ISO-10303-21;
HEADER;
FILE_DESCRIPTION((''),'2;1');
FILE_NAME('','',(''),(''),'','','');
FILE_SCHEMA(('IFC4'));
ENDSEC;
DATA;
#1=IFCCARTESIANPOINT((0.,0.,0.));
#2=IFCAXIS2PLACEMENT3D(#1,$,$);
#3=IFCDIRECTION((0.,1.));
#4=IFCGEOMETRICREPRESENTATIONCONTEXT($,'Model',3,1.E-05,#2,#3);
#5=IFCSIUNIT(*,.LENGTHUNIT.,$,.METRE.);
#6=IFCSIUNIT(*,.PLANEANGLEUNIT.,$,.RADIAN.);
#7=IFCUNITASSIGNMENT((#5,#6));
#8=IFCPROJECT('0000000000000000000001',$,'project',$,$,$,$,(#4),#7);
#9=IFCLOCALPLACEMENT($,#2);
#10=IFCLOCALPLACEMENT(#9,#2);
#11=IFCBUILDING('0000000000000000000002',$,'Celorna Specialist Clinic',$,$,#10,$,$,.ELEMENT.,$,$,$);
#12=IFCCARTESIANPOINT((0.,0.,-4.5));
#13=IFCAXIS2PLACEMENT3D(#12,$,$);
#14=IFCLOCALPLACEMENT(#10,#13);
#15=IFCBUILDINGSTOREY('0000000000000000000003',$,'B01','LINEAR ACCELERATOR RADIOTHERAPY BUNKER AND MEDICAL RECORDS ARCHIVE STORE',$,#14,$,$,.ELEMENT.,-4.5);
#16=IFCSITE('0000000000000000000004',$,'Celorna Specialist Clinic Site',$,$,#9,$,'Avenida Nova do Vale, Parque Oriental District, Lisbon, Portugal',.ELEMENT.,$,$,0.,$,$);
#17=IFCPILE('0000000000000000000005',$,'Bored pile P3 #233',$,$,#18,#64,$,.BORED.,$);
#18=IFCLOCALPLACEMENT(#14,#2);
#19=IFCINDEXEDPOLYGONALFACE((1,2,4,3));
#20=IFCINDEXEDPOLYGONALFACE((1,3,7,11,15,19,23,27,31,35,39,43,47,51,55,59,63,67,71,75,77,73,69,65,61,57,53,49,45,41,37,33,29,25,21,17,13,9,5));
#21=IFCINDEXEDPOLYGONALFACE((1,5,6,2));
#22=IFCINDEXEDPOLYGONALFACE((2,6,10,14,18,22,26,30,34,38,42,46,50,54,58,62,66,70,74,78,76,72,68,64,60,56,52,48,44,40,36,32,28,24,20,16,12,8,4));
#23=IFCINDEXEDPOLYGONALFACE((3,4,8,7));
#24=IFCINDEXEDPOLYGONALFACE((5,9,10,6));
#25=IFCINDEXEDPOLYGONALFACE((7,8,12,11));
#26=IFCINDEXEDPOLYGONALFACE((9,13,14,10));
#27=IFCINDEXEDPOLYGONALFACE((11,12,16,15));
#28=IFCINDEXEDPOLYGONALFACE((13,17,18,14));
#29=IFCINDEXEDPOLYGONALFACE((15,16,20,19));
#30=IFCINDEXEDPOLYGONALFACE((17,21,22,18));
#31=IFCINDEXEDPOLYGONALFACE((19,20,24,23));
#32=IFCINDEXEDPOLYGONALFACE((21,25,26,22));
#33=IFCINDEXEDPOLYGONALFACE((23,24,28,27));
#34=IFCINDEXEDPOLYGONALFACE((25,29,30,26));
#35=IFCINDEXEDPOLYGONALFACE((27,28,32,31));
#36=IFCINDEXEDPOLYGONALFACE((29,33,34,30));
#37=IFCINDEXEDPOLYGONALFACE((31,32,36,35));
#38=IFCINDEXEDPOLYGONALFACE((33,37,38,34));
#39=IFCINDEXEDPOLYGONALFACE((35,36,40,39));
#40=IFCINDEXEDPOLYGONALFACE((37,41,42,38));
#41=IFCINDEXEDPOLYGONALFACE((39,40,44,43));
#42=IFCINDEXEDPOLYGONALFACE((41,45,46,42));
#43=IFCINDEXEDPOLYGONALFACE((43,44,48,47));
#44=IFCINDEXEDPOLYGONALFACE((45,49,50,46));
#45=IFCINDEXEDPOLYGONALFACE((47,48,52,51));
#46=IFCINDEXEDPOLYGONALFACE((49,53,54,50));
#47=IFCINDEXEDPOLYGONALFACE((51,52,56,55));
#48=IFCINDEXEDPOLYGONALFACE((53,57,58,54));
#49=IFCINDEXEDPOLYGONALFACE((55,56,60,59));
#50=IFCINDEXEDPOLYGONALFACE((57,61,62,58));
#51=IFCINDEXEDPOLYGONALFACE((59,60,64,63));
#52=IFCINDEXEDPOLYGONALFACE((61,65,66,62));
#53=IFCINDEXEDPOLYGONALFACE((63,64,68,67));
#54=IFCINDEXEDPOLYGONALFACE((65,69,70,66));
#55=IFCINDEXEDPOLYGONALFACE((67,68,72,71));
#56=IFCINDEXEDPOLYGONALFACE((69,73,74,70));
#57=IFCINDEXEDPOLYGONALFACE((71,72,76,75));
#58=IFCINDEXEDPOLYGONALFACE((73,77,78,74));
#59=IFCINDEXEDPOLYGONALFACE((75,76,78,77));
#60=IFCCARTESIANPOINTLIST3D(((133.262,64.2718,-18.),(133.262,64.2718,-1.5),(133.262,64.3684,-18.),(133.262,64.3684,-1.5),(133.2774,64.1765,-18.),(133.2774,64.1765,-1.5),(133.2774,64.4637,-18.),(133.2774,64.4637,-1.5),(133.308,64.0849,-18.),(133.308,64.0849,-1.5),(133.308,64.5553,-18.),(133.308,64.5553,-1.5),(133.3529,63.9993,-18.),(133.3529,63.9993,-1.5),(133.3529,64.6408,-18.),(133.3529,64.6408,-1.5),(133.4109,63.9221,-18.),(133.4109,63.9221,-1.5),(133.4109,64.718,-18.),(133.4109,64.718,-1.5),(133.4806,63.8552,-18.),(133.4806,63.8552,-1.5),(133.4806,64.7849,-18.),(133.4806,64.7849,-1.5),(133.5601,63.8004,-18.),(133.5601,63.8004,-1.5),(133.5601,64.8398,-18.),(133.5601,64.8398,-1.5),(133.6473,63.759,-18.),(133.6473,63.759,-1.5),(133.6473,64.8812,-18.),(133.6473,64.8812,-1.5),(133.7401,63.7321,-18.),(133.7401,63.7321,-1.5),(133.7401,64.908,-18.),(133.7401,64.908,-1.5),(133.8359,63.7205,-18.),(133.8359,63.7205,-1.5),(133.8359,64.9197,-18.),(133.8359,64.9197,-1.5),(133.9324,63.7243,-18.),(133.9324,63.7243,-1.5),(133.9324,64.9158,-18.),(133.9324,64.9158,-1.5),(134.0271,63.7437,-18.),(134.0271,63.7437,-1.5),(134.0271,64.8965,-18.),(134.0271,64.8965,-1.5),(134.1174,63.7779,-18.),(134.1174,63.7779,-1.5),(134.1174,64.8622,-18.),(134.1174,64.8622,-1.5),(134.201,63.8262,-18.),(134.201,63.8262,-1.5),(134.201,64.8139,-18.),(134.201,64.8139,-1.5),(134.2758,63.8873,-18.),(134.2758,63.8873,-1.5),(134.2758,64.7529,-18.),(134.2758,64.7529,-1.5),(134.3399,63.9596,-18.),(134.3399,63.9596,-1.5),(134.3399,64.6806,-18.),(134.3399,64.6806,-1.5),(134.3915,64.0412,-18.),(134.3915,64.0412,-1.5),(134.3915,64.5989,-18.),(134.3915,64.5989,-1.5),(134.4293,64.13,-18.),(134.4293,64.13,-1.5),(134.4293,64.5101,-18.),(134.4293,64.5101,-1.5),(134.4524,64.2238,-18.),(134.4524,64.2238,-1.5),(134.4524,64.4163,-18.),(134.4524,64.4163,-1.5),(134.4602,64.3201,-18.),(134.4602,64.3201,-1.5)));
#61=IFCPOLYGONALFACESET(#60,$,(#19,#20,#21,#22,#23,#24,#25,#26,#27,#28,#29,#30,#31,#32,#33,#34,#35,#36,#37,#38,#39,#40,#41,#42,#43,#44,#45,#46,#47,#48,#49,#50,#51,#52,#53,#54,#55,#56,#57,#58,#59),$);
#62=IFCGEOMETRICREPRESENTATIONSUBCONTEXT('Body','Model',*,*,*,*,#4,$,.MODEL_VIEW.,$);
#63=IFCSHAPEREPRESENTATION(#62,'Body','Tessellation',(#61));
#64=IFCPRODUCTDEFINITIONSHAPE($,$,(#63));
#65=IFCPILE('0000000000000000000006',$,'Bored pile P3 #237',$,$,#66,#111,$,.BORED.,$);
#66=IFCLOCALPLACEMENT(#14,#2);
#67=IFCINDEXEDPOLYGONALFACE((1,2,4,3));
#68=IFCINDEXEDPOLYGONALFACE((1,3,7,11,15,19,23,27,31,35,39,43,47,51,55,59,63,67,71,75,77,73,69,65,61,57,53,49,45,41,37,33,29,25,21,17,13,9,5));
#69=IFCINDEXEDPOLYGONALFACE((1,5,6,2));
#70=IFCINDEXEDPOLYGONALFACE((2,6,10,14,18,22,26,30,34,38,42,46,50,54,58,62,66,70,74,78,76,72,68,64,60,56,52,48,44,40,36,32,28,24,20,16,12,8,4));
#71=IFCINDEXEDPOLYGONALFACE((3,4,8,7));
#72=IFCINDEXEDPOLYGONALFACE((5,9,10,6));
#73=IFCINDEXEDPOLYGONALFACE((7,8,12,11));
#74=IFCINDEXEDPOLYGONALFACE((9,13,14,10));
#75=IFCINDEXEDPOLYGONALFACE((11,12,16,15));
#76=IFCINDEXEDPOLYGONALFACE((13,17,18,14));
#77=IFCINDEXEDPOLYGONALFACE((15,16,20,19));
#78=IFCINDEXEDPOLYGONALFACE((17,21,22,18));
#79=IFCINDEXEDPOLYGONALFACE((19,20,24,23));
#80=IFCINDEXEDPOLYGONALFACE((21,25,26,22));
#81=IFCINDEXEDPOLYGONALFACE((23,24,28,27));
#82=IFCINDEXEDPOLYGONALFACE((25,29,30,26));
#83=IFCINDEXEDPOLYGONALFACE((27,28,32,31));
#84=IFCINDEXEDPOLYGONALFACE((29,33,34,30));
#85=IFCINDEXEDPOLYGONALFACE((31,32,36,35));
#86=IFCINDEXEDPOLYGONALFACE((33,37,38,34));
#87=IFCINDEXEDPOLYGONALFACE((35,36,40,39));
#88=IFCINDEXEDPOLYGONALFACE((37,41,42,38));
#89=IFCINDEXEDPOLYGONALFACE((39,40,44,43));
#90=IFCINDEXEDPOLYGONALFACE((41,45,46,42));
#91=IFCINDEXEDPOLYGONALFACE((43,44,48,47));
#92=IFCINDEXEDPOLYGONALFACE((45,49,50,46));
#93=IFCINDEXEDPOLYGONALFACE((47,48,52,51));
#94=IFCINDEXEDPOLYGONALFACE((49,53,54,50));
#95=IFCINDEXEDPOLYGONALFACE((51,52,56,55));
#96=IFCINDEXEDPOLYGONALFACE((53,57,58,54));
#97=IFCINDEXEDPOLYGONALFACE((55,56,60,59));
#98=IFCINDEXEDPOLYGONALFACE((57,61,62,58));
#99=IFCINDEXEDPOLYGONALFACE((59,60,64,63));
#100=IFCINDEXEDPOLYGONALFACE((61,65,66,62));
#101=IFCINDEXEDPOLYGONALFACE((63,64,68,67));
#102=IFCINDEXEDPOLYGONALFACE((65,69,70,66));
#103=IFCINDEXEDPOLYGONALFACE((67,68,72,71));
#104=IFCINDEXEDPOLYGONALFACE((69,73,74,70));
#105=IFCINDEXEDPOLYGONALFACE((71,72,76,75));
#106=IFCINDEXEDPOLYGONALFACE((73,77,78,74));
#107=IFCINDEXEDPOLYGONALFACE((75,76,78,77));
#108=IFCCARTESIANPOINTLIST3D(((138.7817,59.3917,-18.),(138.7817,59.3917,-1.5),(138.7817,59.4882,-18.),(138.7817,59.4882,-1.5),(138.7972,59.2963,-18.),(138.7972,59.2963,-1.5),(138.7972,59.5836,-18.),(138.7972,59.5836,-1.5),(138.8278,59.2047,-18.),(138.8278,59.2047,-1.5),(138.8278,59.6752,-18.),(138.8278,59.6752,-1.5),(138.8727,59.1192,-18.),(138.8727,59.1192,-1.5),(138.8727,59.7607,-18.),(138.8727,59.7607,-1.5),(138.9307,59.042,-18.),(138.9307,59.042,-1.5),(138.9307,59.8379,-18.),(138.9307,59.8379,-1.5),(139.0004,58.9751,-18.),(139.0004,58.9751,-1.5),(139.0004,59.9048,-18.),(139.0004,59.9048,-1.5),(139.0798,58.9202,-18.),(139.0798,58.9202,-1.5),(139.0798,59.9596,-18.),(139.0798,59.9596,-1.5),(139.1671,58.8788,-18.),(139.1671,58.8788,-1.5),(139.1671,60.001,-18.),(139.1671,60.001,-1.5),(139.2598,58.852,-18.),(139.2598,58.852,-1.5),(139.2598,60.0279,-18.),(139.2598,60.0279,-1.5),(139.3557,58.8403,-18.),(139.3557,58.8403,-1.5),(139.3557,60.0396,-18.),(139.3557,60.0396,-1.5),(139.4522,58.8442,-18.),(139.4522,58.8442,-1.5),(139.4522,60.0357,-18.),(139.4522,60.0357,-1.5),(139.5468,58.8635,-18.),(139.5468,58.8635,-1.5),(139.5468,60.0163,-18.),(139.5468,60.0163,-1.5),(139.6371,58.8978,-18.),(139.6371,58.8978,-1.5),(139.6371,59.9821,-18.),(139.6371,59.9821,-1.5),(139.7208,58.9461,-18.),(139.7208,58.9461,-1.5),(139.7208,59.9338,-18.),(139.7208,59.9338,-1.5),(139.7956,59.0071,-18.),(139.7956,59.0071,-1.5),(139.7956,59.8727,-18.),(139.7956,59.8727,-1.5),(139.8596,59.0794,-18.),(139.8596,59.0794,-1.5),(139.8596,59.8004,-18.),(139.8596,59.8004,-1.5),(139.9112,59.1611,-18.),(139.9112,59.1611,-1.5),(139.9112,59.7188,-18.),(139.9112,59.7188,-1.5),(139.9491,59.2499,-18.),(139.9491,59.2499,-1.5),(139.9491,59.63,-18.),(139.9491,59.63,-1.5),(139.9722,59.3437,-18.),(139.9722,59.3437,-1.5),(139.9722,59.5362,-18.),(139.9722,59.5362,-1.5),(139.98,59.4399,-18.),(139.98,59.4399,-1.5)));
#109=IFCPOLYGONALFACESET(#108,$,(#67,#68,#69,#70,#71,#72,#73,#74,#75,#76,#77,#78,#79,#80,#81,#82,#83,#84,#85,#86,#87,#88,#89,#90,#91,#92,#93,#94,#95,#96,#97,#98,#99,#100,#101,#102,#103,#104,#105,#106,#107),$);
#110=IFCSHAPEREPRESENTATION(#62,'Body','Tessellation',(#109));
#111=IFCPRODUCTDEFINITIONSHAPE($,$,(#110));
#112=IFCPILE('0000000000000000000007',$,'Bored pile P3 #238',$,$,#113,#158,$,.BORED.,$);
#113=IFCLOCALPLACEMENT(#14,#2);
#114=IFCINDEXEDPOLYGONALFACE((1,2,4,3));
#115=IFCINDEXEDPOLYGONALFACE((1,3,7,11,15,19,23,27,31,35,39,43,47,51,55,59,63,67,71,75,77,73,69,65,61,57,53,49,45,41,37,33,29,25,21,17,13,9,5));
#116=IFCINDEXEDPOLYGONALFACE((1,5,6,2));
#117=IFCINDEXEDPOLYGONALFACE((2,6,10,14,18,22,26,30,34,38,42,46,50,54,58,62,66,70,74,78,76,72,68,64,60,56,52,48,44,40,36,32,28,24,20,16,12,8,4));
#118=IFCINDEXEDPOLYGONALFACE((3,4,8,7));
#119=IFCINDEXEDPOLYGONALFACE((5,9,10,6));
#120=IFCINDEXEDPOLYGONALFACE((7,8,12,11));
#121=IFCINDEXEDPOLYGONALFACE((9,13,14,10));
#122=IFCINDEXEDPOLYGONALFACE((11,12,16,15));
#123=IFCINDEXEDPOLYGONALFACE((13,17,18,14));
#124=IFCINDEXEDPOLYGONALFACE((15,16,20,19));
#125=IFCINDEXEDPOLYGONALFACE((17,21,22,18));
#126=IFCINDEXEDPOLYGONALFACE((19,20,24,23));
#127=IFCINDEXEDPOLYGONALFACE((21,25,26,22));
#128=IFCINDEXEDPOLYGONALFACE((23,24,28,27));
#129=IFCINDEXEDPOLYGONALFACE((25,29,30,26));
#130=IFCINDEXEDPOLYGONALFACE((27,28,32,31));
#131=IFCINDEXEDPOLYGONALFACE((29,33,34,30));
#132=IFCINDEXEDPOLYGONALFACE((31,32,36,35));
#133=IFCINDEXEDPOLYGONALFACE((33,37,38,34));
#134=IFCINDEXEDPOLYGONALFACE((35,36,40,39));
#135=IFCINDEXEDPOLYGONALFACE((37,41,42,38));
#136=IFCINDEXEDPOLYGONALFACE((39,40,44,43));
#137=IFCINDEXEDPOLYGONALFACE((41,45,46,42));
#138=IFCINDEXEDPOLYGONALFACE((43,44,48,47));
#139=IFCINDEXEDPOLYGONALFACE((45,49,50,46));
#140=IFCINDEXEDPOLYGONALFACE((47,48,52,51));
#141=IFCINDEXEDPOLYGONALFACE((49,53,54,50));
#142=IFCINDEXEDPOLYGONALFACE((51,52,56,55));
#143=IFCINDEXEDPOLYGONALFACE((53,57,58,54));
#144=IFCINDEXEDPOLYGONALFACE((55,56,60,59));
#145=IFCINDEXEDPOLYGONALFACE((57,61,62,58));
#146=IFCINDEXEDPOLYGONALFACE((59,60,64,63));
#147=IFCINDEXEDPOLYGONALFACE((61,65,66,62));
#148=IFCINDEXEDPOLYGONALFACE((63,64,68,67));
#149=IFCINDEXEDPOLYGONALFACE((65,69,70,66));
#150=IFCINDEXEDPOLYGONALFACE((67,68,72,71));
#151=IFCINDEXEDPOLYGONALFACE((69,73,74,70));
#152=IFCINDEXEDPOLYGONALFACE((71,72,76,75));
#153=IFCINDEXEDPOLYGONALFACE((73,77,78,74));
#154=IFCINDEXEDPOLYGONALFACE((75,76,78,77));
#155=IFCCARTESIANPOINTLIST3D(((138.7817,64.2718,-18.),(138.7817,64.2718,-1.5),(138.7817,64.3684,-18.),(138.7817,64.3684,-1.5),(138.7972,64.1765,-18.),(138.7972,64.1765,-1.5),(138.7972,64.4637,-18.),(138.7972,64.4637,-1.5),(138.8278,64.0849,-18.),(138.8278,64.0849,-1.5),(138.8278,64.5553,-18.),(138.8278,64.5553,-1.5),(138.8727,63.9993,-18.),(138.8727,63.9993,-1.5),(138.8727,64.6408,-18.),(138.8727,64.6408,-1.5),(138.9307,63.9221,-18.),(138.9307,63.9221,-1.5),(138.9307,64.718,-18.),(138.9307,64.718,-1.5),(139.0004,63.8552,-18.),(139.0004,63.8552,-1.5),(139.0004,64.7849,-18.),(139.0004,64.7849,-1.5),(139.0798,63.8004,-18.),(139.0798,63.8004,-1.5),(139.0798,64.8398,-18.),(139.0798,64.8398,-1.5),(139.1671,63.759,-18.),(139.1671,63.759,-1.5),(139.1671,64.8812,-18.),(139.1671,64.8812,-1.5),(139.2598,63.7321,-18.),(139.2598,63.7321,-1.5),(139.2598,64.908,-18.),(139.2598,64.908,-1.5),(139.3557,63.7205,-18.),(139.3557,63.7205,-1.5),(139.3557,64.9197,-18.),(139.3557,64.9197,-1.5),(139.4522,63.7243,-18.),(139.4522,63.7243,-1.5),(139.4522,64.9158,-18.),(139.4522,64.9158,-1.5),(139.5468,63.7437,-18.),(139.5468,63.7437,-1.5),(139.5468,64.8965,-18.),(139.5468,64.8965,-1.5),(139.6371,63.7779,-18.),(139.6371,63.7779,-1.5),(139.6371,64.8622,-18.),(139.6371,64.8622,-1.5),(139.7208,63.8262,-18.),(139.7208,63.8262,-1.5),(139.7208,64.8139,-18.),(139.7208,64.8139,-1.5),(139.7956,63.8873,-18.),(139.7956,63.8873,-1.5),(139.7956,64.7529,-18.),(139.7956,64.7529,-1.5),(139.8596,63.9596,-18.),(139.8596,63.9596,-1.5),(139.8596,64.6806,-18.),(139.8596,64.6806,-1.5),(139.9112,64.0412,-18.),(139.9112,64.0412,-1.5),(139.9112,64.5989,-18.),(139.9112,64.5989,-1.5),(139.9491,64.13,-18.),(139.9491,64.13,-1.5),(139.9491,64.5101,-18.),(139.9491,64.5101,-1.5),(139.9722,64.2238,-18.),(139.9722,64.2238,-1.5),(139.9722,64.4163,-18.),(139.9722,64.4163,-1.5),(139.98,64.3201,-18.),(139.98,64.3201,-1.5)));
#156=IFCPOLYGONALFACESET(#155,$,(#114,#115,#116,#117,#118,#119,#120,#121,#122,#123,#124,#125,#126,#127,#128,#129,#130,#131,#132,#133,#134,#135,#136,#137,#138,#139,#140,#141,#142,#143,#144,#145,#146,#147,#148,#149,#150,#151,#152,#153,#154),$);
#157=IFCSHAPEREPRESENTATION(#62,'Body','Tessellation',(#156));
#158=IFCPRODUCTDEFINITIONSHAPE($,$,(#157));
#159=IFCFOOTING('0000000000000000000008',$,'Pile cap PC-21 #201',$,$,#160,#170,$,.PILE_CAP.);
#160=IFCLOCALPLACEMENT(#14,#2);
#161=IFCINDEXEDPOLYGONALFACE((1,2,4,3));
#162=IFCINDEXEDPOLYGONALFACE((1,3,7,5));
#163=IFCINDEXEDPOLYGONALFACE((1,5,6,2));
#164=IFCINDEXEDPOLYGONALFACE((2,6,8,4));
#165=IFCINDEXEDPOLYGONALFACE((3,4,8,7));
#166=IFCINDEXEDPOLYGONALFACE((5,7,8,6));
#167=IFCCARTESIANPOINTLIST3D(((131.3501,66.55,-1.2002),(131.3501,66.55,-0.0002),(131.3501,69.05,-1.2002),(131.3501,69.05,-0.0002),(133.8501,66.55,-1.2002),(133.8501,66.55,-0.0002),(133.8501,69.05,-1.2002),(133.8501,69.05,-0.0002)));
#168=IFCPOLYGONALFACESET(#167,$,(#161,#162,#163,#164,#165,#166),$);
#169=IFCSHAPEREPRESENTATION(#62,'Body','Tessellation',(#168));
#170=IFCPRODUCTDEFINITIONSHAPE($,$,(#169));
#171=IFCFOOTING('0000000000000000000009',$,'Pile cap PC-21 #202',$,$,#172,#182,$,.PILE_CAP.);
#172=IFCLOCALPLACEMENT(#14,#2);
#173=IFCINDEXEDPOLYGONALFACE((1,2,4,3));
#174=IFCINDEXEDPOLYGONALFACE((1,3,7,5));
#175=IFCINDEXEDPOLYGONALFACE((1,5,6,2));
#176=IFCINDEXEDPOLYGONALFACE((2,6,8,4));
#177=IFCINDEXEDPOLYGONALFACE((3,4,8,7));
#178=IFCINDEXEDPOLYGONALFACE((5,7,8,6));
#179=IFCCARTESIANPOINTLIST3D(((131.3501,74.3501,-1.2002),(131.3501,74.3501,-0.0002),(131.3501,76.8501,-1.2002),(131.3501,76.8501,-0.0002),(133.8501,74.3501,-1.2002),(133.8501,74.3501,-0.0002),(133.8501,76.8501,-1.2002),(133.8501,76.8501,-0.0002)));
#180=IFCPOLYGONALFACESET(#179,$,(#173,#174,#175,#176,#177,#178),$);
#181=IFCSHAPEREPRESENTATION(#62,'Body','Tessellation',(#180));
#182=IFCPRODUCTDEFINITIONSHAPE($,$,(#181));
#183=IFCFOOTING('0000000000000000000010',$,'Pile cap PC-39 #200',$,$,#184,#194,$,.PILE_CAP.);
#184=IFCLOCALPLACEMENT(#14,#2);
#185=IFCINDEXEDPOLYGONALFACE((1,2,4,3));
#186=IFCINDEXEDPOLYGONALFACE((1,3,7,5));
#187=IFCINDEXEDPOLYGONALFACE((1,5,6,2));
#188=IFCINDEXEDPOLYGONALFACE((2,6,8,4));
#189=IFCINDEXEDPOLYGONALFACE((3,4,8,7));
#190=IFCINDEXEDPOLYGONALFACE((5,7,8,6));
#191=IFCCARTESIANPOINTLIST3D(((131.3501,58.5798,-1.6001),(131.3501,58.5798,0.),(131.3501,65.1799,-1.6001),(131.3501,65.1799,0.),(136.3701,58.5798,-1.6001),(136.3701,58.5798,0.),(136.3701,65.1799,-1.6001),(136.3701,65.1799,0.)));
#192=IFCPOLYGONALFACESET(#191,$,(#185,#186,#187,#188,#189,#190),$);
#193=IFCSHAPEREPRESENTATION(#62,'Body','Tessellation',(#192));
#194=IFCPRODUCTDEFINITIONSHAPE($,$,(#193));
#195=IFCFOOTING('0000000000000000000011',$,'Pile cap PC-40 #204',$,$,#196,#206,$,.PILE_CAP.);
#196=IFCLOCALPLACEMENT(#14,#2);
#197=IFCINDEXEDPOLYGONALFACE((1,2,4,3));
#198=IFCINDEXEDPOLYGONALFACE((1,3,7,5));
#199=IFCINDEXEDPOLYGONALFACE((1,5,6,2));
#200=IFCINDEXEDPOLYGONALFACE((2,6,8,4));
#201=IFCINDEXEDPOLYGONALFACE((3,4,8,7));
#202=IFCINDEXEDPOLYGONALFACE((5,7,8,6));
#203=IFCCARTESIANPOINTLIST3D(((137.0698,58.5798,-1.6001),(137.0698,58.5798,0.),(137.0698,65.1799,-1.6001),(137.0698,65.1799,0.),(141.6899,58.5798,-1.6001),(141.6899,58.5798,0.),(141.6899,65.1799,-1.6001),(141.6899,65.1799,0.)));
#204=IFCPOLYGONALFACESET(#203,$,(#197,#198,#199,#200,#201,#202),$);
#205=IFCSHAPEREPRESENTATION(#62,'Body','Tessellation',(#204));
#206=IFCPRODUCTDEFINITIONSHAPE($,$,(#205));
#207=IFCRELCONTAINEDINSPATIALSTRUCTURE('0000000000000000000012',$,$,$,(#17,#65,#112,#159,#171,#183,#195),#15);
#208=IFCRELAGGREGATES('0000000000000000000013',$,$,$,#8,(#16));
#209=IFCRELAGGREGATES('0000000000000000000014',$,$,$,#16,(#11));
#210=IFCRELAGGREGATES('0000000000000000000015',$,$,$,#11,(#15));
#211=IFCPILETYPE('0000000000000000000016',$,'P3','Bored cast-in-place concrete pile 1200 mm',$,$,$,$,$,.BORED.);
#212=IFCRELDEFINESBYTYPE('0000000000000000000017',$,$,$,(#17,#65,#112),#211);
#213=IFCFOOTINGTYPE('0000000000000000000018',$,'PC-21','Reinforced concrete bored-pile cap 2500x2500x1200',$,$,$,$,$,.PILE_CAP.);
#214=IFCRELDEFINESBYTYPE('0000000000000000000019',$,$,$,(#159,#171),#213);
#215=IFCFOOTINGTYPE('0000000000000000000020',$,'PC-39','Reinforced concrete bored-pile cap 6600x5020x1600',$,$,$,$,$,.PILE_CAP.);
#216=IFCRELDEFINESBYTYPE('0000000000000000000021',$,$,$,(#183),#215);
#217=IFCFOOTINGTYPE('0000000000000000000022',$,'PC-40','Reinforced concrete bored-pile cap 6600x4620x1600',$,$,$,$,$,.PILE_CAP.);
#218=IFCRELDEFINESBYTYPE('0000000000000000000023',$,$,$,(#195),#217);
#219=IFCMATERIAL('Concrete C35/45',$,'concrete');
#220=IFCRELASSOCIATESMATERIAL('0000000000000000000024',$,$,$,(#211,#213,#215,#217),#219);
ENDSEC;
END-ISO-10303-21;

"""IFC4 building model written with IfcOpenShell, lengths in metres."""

from ifc_helpers import new_model, si_unit, direction, frame, origin, origin_2d, place, context, subcontext, project, spatial, rectangle, circle, extrude, material, material_profile, profile_set, type_object, element, save


model = new_model("IFC4")

# Units and contexts
model_context = context("Model", 3, precision=1e-05, world=origin(), true_north=direction((0.0, 1.0)))
body_context = subcontext(model_context, "Body", "Model", "MODEL_VIEW")
ifc_project = project(units=[si_unit("LENGTHUNIT", "METRE"), si_unit("PLANEANGLEUNIT", "RADIAN")], contexts=[model_context])

# Site, building, storey
site_placement = place(None, origin())
site = spatial("IfcSite", under=ifc_project, at=site_placement, Name="Celorna Specialist Clinic Site", LongName="Avenida Nova do Vale, Parque Oriental District, Lisbon, Portugal", CompositionType="ELEMENT", RefElevation=0.0)
building_placement = place(site_placement, origin())
building = spatial("IfcBuilding", under=site, at=building_placement, Name="Celorna Specialist Clinic", CompositionType="ELEMENT")
storey_placement = place(building_placement, frame((0.0, 0.0, -4.5)))
storey = spatial("IfcBuildingStorey", under=building, at=storey_placement, Name="B01", Description="LINEAR ACCELERATOR RADIOTHERAPY BUNKER AND MEDICAL RECORDS ARCHIVE STORE", CompositionType="ELEMENT", Elevation=-4.5)

# Shared definitions
ifc_material_1 = material(Name="Concrete C35/45", Category="concrete")

# Piles
ifc_material_profile_1 = material_profile(ifc_material_1, circle(Radius=0.6001, at=origin_2d()), Name="BORED PILE 1200")
ifc_profile_set_1 = profile_set([ifc_material_profile_1], Name="Concrete C35/45")
pile_type_1 = type_object("IfcPileType", Name="P3", Description="Bored cast-in-place concrete pile 1200 mm", PredefinedType="BORED", material=ifc_profile_set_1)
for number, where, z_axis, x_axis, name in (
    (1, (133.8601, 64.3201, -1.5), (0.0, 0.0, -1.0), (1.0, 0.0, 0.0), "Bored pile P3 #233"),
    (2, (139.3799, 59.4399, -1.5), (0.0, 0.0, -1.0), (1.0, 0.0, 0.0), "Bored pile P3 #237"),
    (3, (139.3799, 64.3201, -1.5), (0.0, 0.0, -1.0), (1.0, 0.0, 0.0), "Bored pile P3 #238"),
):
    element("IfcPile", number, at=place(storey_placement, frame(where, z_axis=z_axis, x_axis=x_axis)), inside=storey, type_object=pile_type_1, Name=name, PredefinedType="BORED", context=body_context, shape_type="SweptSolid", body=[
        extrude(circle(Radius=0.6001, at=origin_2d()), origin(), (0.0, 0.0, 1.0), 16.5),
    ])

# Footings
footing_type_1 = type_object("IfcFootingType", Name="PC-21", Description="Reinforced concrete bored-pile cap 2500x2500x1200", PredefinedType="PILE_CAP", material=ifc_material_1)
for number, where, z_axis, x_axis, name in (
    (4, (132.6001, 67.8, -1.2002), (0.0, 0.0, 1.0), (1.0, 0.0, 0.0), "Pile cap PC-21 #201"),
    (5, (132.6001, 75.6001, -1.2002), (0.0, 0.0, 1.0), (1.0, 0.0, 0.0), "Pile cap PC-21 #202"),
):
    element("IfcFooting", number, at=place(storey_placement, frame(where, z_axis=z_axis, x_axis=x_axis)), inside=storey, type_object=footing_type_1, Name=name, PredefinedType="PILE_CAP", context=body_context, shape_type="SweptSolid", body=[
        extrude(rectangle(XDim=2.5, YDim=2.5, at=origin_2d()), origin(), (0.0, 0.0, 1.0), 1.2),
    ])
footing_type_2 = type_object("IfcFootingType", Name="PC-39", Description="Reinforced concrete bored-pile cap 6600x5020x1600", PredefinedType="PILE_CAP", material=ifc_material_1)
footing_1_placement = place(storey_placement, frame((133.8601, 61.8799, -1.6001), z_axis=(0.0, 0.0, 1.0), x_axis=(1.0, 0.0, 0.0)))
element("IfcFooting", 6, at=footing_1_placement, inside=storey, type_object=footing_type_2, Name="Pile cap PC-39 #200", PredefinedType="PILE_CAP", context=body_context, shape_type="SweptSolid", body=[
    extrude(rectangle(XDim=5.02, YDim=6.6001, at=origin_2d()), origin(), (0.0, 0.0, 1.0), 1.6001),
])
footing_type_3 = type_object("IfcFootingType", Name="PC-40", Description="Reinforced concrete bored-pile cap 6600x4620x1600", PredefinedType="PILE_CAP", material=ifc_material_1)
footing_2_placement = place(storey_placement, frame((139.3799, 61.8799, -1.6001), z_axis=(0.0, 0.0, 1.0), x_axis=(1.0, 0.0, 0.0)))
element("IfcFooting", 7, at=footing_2_placement, inside=storey, type_object=footing_type_3, Name="Pile cap PC-40 #204", PredefinedType="PILE_CAP", context=body_context, shape_type="SweptSolid", body=[
    extrude(rectangle(XDim=4.6201, YDim=6.6001, at=origin_2d()), origin(), (0.0, 0.0, 1.0), 1.6001),
])

save(model, "model.ifc")
